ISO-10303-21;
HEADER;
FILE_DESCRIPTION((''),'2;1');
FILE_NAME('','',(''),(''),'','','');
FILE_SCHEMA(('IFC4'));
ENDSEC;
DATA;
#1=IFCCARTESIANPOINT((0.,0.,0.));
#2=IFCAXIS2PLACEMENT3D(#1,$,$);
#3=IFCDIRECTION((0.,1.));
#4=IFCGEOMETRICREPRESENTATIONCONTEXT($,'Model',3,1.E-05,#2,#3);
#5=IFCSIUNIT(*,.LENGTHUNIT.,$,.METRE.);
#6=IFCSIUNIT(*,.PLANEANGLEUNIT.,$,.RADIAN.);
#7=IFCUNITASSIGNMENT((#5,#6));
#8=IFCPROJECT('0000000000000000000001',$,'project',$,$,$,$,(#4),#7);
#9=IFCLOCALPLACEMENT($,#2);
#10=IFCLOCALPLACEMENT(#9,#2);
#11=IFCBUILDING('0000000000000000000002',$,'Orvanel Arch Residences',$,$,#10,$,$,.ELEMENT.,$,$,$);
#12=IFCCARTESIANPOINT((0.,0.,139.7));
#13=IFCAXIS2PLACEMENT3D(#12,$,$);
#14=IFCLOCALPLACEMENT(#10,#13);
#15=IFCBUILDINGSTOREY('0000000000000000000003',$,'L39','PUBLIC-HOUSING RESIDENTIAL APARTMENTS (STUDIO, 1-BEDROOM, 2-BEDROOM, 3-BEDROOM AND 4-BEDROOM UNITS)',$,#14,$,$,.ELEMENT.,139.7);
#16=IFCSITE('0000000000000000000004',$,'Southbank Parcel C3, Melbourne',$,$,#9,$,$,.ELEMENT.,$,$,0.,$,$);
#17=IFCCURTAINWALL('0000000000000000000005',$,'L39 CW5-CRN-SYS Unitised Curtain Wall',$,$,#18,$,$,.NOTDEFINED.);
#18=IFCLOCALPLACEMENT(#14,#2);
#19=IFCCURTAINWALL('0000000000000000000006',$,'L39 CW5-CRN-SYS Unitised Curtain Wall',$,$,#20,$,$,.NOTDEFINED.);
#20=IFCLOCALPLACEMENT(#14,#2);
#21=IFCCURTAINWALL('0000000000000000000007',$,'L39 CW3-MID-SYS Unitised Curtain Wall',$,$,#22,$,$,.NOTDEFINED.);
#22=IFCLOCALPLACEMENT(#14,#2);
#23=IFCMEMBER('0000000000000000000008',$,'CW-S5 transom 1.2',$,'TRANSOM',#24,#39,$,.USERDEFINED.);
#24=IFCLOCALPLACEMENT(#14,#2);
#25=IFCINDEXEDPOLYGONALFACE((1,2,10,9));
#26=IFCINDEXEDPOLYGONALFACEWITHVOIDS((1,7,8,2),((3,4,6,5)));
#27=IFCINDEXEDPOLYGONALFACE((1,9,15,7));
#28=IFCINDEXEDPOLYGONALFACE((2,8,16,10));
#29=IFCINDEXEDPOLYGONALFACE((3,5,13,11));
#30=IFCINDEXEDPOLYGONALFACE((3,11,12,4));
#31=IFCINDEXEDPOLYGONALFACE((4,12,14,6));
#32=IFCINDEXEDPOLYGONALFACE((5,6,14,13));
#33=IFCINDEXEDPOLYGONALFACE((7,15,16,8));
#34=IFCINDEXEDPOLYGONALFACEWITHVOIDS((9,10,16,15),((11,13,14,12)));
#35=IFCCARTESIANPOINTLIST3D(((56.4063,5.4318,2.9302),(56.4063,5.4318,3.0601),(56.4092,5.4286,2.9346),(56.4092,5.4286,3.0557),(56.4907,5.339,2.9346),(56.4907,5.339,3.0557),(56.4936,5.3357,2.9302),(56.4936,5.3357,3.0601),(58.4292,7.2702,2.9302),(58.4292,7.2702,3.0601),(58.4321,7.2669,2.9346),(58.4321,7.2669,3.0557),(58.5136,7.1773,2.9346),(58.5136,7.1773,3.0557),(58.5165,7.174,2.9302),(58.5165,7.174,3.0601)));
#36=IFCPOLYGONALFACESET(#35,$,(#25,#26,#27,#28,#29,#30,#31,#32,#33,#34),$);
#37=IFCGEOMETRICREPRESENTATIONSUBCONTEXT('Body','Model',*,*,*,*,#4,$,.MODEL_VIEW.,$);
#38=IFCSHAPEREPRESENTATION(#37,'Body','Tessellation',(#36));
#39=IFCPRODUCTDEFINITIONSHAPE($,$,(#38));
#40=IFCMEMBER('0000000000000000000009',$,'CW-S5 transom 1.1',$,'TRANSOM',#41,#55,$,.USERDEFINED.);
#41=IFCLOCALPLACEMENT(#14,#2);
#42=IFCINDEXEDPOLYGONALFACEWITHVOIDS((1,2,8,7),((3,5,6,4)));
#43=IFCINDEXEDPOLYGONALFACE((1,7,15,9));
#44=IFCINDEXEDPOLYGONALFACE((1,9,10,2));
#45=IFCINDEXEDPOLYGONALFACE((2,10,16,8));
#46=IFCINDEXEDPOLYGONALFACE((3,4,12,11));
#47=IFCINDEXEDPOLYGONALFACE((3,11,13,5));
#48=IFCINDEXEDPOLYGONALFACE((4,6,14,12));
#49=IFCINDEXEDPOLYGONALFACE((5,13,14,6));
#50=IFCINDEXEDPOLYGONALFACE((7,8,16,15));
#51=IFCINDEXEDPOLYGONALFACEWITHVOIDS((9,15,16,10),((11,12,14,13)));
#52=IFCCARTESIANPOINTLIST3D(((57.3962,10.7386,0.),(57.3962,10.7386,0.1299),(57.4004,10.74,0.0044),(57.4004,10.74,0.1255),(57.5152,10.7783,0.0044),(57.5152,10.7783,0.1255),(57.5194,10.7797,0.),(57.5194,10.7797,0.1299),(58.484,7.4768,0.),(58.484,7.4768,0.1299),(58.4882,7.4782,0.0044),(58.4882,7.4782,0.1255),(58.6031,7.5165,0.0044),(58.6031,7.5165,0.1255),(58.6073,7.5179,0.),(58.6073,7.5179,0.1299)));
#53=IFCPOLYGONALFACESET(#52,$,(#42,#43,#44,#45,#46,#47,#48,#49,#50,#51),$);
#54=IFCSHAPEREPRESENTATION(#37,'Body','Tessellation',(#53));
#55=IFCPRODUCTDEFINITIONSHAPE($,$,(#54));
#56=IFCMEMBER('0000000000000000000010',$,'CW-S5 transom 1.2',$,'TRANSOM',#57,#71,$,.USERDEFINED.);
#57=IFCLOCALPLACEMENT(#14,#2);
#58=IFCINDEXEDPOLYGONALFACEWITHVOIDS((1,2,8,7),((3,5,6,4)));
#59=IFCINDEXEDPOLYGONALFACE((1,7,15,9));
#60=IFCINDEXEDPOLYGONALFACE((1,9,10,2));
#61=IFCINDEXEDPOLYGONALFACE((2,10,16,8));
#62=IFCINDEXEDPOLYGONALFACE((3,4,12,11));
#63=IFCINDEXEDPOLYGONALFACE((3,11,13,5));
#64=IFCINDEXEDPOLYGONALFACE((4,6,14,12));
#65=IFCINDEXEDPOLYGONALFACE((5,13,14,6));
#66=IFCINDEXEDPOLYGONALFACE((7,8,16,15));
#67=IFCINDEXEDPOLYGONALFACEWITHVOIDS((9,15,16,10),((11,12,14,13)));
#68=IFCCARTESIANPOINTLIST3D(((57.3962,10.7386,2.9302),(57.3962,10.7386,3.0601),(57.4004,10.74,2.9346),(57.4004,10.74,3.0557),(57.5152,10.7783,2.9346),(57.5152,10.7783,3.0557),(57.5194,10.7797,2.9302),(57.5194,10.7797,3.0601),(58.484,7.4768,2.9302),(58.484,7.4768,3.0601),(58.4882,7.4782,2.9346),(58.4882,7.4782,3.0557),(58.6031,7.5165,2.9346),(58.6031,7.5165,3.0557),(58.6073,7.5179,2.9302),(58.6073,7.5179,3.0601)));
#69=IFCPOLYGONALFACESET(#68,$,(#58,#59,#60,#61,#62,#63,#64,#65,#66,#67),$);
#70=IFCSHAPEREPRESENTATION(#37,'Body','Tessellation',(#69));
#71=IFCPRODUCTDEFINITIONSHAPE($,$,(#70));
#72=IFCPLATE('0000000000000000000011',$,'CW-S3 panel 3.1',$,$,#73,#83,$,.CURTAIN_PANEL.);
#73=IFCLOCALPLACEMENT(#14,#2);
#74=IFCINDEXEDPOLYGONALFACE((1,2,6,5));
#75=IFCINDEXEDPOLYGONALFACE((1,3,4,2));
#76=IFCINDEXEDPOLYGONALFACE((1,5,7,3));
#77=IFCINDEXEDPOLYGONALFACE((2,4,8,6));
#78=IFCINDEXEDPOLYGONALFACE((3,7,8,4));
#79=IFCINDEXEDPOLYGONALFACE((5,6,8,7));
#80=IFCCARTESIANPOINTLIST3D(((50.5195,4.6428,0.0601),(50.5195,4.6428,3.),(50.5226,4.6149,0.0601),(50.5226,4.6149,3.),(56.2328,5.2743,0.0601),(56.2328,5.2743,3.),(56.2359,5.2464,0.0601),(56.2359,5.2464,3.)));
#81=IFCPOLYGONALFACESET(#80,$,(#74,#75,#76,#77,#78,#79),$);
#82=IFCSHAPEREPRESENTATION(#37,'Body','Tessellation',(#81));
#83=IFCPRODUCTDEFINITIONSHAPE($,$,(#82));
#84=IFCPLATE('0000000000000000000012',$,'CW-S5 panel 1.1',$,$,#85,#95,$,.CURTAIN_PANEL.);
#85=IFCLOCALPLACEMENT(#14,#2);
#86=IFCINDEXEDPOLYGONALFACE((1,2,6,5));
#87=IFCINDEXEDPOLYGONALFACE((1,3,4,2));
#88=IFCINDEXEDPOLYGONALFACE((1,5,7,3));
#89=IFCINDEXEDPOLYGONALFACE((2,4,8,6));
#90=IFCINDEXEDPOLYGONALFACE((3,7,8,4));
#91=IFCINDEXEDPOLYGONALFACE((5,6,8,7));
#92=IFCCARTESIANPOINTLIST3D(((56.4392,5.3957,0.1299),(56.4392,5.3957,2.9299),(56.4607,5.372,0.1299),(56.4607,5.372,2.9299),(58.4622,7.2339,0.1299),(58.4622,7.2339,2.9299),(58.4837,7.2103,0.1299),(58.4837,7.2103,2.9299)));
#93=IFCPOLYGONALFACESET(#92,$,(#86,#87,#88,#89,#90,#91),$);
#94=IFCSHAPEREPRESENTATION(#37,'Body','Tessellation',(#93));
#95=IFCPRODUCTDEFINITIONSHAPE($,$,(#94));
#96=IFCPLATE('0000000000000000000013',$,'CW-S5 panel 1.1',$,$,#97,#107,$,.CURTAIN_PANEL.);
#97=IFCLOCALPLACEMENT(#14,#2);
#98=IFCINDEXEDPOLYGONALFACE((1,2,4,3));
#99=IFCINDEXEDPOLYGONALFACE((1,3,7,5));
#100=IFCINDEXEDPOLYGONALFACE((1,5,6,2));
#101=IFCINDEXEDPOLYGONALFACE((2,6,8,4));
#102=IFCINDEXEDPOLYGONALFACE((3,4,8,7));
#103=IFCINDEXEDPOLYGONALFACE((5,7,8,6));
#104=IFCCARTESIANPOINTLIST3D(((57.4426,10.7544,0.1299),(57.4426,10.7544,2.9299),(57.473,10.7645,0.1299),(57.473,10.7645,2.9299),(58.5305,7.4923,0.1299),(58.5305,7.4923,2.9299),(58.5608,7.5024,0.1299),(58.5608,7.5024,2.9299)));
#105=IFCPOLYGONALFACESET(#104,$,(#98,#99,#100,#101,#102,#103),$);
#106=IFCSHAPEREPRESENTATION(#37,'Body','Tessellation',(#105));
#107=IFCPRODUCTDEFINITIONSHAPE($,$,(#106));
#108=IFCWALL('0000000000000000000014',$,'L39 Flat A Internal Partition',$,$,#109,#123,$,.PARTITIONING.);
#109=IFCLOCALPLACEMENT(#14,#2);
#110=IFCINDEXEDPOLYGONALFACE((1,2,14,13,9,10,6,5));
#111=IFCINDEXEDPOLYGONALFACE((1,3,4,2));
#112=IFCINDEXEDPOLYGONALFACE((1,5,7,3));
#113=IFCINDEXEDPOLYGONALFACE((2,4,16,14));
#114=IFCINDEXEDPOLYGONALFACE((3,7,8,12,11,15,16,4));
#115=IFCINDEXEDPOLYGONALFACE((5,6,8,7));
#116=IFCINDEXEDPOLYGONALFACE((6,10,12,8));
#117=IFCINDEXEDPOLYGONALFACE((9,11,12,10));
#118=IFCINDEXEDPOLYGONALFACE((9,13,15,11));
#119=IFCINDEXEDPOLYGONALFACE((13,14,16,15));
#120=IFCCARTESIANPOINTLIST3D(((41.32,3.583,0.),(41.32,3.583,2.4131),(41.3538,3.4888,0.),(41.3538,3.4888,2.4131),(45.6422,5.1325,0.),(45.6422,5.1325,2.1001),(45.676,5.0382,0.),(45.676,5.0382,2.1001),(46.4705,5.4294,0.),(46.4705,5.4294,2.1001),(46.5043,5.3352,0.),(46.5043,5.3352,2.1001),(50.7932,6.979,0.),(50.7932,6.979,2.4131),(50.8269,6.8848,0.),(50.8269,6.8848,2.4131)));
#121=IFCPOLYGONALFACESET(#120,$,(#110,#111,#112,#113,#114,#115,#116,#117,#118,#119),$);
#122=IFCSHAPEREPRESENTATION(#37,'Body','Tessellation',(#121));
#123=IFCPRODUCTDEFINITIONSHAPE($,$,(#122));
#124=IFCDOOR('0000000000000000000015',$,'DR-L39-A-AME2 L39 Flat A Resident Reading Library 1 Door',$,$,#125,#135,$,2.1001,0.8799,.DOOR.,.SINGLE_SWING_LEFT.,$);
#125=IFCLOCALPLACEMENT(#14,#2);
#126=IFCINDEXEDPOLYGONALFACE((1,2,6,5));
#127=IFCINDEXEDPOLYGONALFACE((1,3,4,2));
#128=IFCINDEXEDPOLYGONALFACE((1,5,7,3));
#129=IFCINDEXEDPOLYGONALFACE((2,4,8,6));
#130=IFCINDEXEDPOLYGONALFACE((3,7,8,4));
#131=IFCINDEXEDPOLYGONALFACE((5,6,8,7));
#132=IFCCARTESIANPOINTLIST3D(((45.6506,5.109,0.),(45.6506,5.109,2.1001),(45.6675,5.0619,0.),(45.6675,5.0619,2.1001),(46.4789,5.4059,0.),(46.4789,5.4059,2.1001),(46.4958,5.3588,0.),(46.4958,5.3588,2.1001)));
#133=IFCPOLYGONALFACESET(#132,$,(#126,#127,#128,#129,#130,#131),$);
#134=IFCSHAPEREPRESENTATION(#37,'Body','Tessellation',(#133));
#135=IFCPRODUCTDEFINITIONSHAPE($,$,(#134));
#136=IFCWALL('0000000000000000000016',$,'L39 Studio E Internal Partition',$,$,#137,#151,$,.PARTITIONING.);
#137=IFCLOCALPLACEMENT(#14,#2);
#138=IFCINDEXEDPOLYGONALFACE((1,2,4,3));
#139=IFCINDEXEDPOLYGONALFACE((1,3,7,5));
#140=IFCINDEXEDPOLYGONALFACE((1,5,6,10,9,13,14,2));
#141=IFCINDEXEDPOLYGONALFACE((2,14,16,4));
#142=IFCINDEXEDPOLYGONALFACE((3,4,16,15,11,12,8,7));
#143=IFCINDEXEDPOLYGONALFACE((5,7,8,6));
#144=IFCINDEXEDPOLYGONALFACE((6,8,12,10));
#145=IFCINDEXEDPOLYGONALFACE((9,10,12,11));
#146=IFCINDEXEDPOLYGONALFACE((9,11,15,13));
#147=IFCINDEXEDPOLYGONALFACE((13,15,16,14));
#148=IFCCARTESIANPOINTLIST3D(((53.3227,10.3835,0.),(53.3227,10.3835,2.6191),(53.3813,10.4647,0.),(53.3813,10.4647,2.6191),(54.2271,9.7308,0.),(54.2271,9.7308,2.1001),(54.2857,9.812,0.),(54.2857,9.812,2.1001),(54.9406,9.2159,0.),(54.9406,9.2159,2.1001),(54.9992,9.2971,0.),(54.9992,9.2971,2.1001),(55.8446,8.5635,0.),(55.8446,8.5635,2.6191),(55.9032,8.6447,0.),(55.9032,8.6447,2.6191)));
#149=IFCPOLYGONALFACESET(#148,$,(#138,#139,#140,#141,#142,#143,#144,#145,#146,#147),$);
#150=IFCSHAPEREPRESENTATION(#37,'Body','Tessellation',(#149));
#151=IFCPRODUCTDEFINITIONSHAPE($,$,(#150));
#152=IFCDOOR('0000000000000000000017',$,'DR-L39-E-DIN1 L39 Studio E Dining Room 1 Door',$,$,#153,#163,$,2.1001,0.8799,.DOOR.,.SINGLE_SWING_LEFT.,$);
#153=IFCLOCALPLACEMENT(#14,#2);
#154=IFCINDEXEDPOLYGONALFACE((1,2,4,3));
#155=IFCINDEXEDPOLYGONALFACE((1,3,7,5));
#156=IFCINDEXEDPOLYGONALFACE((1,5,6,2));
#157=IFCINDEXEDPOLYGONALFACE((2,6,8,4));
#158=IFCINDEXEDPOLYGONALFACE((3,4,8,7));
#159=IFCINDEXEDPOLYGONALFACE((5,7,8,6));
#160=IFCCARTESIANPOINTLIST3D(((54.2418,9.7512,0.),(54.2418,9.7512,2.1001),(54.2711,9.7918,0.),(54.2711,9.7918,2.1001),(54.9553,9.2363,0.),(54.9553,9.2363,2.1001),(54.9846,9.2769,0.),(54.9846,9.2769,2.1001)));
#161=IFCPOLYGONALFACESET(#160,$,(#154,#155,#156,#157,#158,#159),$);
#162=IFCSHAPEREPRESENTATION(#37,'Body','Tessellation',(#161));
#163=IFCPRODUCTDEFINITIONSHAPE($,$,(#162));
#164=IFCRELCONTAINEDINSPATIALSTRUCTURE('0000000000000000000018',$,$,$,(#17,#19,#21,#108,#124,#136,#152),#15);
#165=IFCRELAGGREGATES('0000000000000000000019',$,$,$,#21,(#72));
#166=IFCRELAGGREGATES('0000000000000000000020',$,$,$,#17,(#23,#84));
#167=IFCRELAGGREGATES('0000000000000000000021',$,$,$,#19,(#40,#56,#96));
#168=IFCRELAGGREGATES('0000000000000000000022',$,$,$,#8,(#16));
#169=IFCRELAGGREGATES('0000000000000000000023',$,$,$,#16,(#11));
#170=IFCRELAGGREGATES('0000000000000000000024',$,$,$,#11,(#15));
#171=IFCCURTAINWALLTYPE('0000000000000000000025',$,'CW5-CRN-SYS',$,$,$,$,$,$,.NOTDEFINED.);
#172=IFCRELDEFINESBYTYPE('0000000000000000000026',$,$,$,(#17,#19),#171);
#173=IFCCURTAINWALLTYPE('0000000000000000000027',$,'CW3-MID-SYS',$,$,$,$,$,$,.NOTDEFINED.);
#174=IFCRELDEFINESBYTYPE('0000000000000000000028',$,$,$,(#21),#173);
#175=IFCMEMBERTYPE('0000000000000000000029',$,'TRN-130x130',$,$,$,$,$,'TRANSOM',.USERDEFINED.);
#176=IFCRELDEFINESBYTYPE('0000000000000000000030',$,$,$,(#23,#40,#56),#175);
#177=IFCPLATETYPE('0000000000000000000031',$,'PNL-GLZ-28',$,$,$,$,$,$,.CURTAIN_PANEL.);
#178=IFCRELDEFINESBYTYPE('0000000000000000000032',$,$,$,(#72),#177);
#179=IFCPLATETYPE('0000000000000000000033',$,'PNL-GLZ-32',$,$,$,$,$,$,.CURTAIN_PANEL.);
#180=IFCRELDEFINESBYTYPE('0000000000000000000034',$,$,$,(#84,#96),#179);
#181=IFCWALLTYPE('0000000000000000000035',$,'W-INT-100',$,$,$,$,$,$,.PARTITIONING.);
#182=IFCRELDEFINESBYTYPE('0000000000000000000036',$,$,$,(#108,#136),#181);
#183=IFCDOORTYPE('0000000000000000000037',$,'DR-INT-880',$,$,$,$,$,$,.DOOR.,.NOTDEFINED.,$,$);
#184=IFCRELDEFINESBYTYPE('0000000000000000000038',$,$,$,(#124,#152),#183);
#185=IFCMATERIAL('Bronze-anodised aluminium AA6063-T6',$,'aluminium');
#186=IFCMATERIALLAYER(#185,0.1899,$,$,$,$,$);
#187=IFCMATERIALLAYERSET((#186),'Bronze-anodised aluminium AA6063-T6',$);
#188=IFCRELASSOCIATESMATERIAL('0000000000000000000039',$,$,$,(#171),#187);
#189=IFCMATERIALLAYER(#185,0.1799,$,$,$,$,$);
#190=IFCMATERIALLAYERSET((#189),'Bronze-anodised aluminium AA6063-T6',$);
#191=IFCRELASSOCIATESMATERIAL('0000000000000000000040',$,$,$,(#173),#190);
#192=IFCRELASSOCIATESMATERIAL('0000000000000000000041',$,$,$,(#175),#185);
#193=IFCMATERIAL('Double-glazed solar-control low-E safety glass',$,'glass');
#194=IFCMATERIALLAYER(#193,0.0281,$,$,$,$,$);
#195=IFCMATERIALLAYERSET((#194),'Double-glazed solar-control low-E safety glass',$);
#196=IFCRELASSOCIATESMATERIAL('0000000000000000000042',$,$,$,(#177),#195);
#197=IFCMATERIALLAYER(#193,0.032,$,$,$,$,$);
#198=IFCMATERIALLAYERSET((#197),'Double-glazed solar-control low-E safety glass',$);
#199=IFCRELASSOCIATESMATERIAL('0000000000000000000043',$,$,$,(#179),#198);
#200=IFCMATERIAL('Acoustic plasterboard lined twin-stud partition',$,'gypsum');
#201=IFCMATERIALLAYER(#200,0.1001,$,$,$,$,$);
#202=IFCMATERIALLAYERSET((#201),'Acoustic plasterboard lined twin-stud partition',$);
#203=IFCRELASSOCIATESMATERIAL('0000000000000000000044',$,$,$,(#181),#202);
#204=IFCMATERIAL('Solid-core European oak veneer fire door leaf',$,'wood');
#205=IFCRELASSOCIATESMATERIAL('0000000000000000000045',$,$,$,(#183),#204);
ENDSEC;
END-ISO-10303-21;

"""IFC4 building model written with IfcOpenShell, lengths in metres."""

from ifc_helpers import new_model, si_unit, direction, frame, frame_2d, origin, origin_2d, place, context, subcontext, project, spatial, rectangle, hollow_rectangle, extrude, material, layer, layer_set, material_profile, profile_set, type_object, element, fill, aggregate, save


model = new_model("IFC4")

# Units and contexts
model_context = context("Model", 3, precision=1e-05, world=origin(), true_north=direction((0.0, 1.0)))
body_context = subcontext(model_context, "Body", "Model", "MODEL_VIEW")
ifc_project = project(units=[si_unit("LENGTHUNIT", "METRE"), si_unit("PLANEANGLEUNIT", "RADIAN")], contexts=[model_context])

# Site, building, storey
site_placement = place(None, origin())
site = spatial("IfcSite", under=ifc_project, at=site_placement, Name="Southbank Parcel C3, Melbourne", CompositionType="ELEMENT", RefElevation=0.0)
building_placement = place(site_placement, origin())
building = spatial("IfcBuilding", under=site, at=building_placement, Name="Orvanel Arch Residences", CompositionType="ELEMENT")
storey_placement = place(building_placement, frame((0.0, 0.0, 139.7)))
storey = spatial("IfcBuildingStorey", under=building, at=storey_placement, Name="L39", Description="PUBLIC-HOUSING RESIDENTIAL APARTMENTS (STUDIO, 1-BEDROOM, 2-BEDROOM, 3-BEDROOM AND 4-BEDROOM UNITS)", CompositionType="ELEMENT", Elevation=139.7)

# Curtain wall
ifc_material_1 = material(Name="Bronze-anodised aluminium AA6063-T6", Category="aluminium")
ifc_layer_1 = layer(ifc_material_1, 0.1899)
ifc_layer_set_1 = layer_set([ifc_layer_1], Name="Bronze-anodised aluminium AA6063-T6")
curtain_wall_type_1 = type_object("IfcCurtainWallType", Name="CW5-CRN-SYS", PredefinedType="NOTDEFINED", material=ifc_layer_set_1)
curtain_wall_1_placement = place(storey_placement, origin())
curtain_wall_1 = element("IfcCurtainWall", 1, at=curtain_wall_1_placement, inside=storey, type_object=curtain_wall_type_1, Name="L39 CW5-CRN-SYS Unitised Curtain Wall", PredefinedType="NOTDEFINED")

# Curtain walls
curtain_wall_2_placement = place(storey_placement, origin())
curtain_wall_2 = element("IfcCurtainWall", 2, at=curtain_wall_2_placement, inside=storey, type_object=curtain_wall_type_1, Name="L39 CW5-CRN-SYS Unitised Curtain Wall", PredefinedType="NOTDEFINED")
ifc_layer_2 = layer(ifc_material_1, 0.1799)
ifc_layer_set_2 = layer_set([ifc_layer_2], Name="Bronze-anodised aluminium AA6063-T6")
curtain_wall_type_2 = type_object("IfcCurtainWallType", Name="CW3-MID-SYS", PredefinedType="NOTDEFINED", material=ifc_layer_set_2)
curtain_wall_3_placement = place(storey_placement, origin())
curtain_wall_3 = element("IfcCurtainWall", 3, at=curtain_wall_3_placement, inside=storey, type_object=curtain_wall_type_2, Name="L39 CW3-MID-SYS Unitised Curtain Wall", PredefinedType="NOTDEFINED")

# Members
ifc_material_profile_1 = material_profile(ifc_material_1, hollow_rectangle(XDim=0.1299, YDim=0.1299, WallThickness=0.0044, at=origin_2d()), Name="ALU130x130x4.5")
ifc_profile_set_1 = profile_set([ifc_material_profile_1], Name="Bronze-anodised aluminium AA6063-T6")
member_type_1 = type_object("IfcMemberType", Name="TRN-130x130", ElementType="TRANSOM", PredefinedType="USERDEFINED", material=ifc_profile_set_1)
member_1_placement = place(storey_placement, frame((56.45, 5.3838, 2.9951), z_axis=(0.740061, 0.672539, 0.0), x_axis=(-0.672539, 0.740061, 0.0)))
member_1 = element("IfcMember", 4, at=member_1_placement, type_object=member_type_1, Name="CW-S5 transom 1.2", ObjectType="TRANSOM", PredefinedType="USERDEFINED", context=body_context, shape_type="SweptSolid", body=[
    extrude(hollow_rectangle(XDim=0.1299, YDim=0.1299, WallThickness=0.0044, at=origin_2d()), origin(), (0.0, 0.0, 1.0), 2.7334),
])
member_2_placement = place(storey_placement, frame((58.5457, 7.4973, 0.0649), z_axis=(-0.316377, 0.948634, 0.0), x_axis=(-0.948634, -0.316377, 0.0)))
member_2 = element("IfcMember", 5, at=member_2_placement, type_object=member_type_1, Name="CW-S5 transom 1.1", ObjectType="TRANSOM", PredefinedType="USERDEFINED", context=body_context, shape_type="SweptSolid", body=[
    extrude(hollow_rectangle(XDim=0.1299, YDim=0.1299, WallThickness=0.0044, at=origin_2d()), origin(), (0.0, 0.0, 1.0), 3.4385),
])
member_3_placement = place(storey_placement, frame((58.5457, 7.4973, 2.9951), z_axis=(-0.316377, 0.948634, 0.0), x_axis=(-0.948634, -0.316377, 0.0)))
member_3 = element("IfcMember", 6, at=member_3_placement, type_object=member_type_1, Name="CW-S5 transom 1.2", ObjectType="TRANSOM", PredefinedType="USERDEFINED", context=body_context, shape_type="SweptSolid", body=[
    extrude(hollow_rectangle(XDim=0.1299, YDim=0.1299, WallThickness=0.0044, at=origin_2d()), origin(), (0.0, 0.0, 1.0), 3.4385),
])

# Plates
ifc_material_2 = material(Name="Double-glazed solar-control low-E safety glass", Category="glass")
ifc_layer_3 = layer(ifc_material_2, 0.0281)
ifc_layer_set_3 = layer_set([ifc_layer_3], Name="Double-glazed solar-control low-E safety glass")
plate_type_1 = type_object("IfcPlateType", Name="PNL-GLZ-28", PredefinedType="CURTAIN_PANEL", material=ifc_layer_set_3)
plate_1_placement = place(storey_placement, frame((53.3777, 4.9446, 0.0601), z_axis=(0.0, 0.0, 1.0), x_axis=(0.993947, 0.109856, 0.0)))
plate_1 = element("IfcPlate", 7, at=plate_1_placement, type_object=plate_type_1, Name="CW-S3 panel 3.1", PredefinedType="CURTAIN_PANEL", context=body_context, shape_type="SweptSolid", body=[
    extrude(rectangle(XDim=5.748, YDim=0.0281, at=origin_2d()), origin(), (0.0, 0.0, 1.0), 2.9399),
])
aggregate(curtain_wall_3, [plate_1])
ifc_layer_4 = layer(ifc_material_2, 0.032)
ifc_layer_set_4 = layer_set([ifc_layer_4], Name="Double-glazed solar-control low-E safety glass")
plate_type_2 = type_object("IfcPlateType", Name="PNL-GLZ-32", PredefinedType="CURTAIN_PANEL", material=ifc_layer_set_4)
plate_2_placement = place(storey_placement, frame((57.4614, 6.303, 0.1299), z_axis=(0.0, 0.0, 1.0), x_axis=(0.740089, 0.672509, 0.0)))
plate_2 = element("IfcPlate", 8, at=plate_2_placement, type_object=plate_type_2, Name="CW-S5 panel 1.1", PredefinedType="CURTAIN_PANEL", context=body_context, shape_type="SweptSolid", body=[
    extrude(rectangle(XDim=2.7334, YDim=0.032, at=origin_2d()), origin(), (0.0, 0.0, 1.0), 2.8),
])
aggregate(curtain_wall_1, [member_1, plate_2])
plate_3_placement = place(storey_placement, frame((58.0017, 9.1284, 0.1299), z_axis=(0.0, 0.0, 1.0), x_axis=(-0.316351, 0.948642, 0.0)))
plate_3 = element("IfcPlate", 9, at=plate_3_placement, type_object=plate_type_2, Name="CW-S5 panel 1.1", PredefinedType="CURTAIN_PANEL", context=body_context, shape_type="SweptSolid", body=[
    extrude(rectangle(XDim=3.4387, YDim=0.032, at=origin_2d()), origin(), (0.0, 0.0, 1.0), 2.8),
])
aggregate(curtain_wall_2, [member_2, member_3, plate_3])

# Walls, openings, doors
ifc_material_3 = material(Name="Acoustic plasterboard lined twin-stud partition", Category="gypsum")
ifc_layer_5 = layer(ifc_material_3, 0.1001)
ifc_layer_set_5 = layer_set([ifc_layer_5], Name="Acoustic plasterboard lined twin-stud partition")
wall_type_1 = type_object("IfcWallType", Name="W-INT-100", PredefinedType="PARTITIONING", material=ifc_layer_set_5)
wall_1_placement = place(storey_placement, frame((50.8101, 6.9319, 0.0), z_axis=(0.0, 0.0, 1.0), x_axis=(-0.941341, -0.337458, 0.0)))
wall_1 = element("IfcWall", 10, at=wall_1_placement, inside=storey, type_object=wall_type_1, Name="L39 Flat A Internal Partition", PredefinedType="PARTITIONING", context=body_context, shape_type="SweptSolid", body=[
    extrude(rectangle(XDim=10.0635, YDim=0.1001, at=frame_2d((5.0317, 0.0))), origin(), (0.0, 0.0, 1.0), 2.4131),
])
opening_1_placement = place(wall_1_placement, frame((4.592, 0.0, 0.0)))
opening_1 = element("IfcOpeningElement", 11, at=opening_1_placement, cuts=wall_1, PredefinedType="OPENING", context=body_context, shape_type="SweptSolid", body=[
    extrude(rectangle(XDim=0.8799, YDim=2.1001, at=frame_2d((0.4399, 1.05))), frame((0.0, 0.0601, 0.0), z_axis=(0.0, -1.0, 0.0), x_axis=(1.0, 0.0, 0.0)), (0.0, 0.0, 1.0), 0.1201),
])
ifc_material_4 = material(Name="Solid-core European oak veneer fire door leaf", Category="wood")
door_type_1 = type_object("IfcDoorType", Name="DR-INT-880", OperationType="NOTDEFINED", PredefinedType="DOOR", material=ifc_material_4)
door_1_placement = place(opening_1_placement, origin())
door_1 = element("IfcDoor", 12, at=door_1_placement, inside=storey, type_object=door_type_1, Name="DR-L39-A-AME2 L39 Flat A Resident Reading Library 1 Door", OperationType="SINGLE_SWING_LEFT", OverallHeight=2.1001, OverallWidth=0.8799, PredefinedType="DOOR", context=body_context, shape_type="SweptSolid", body=[
    extrude(rectangle(XDim=0.8799, YDim=2.1001, at=frame_2d((0.4399, 1.05))), frame((0.0, 0.0249, 0.0), z_axis=(0.0, -1.0, 0.0), x_axis=(1.0, 0.0, 0.0)), (0.0, 0.0, 1.0), 0.05),
])
fill(opening_1, door_1)
wall_2_placement = place(storey_placement, frame((55.874, 8.604, 0.0), z_axis=(0.0, 0.0, 1.0), x_axis=(-0.810886, 0.585204, 0.0)))
wall_2 = element("IfcWall", 13, at=wall_2_placement, inside=storey, type_object=wall_type_1, Name="L39 Studio E Internal Partition", PredefinedType="PARTITIONING", context=body_context, shape_type="SweptSolid", body=[
    extrude(rectangle(XDim=3.1101, YDim=0.1001, at=frame_2d((1.5552, 0.0))), origin(), (0.0, 0.0, 1.0), 2.6191),
])
opening_2_placement = place(wall_2_placement, frame((1.115, 0.0, 0.0)))
opening_2 = element("IfcOpeningElement", 14, at=opening_2_placement, cuts=wall_2, PredefinedType="OPENING", context=body_context, shape_type="SweptSolid", body=[
    extrude(rectangle(XDim=0.8799, YDim=2.1001, at=frame_2d((0.4399, 1.05))), frame((0.0, 0.0601, 0.0), z_axis=(0.0, -1.0, 0.0), x_axis=(1.0, 0.0, 0.0)), (0.0, 0.0, 1.0), 0.1201),
])
door_2_placement = place(opening_2_placement, origin())
door_2 = element("IfcDoor", 15, at=door_2_placement, inside=storey, type_object=door_type_1, Name="DR-L39-E-DIN1 L39 Studio E Dining Room 1 Door", OperationType="SINGLE_SWING_LEFT", OverallHeight=2.1001, OverallWidth=0.8799, PredefinedType="DOOR", context=body_context, shape_type="SweptSolid", body=[
    extrude(rectangle(XDim=0.8799, YDim=2.1001, at=frame_2d((0.4399, 1.05))), frame((0.0, 0.0249, 0.0), z_axis=(0.0, -1.0, 0.0), x_axis=(1.0, 0.0, 0.0)), (0.0, 0.0, 1.0), 0.05),
])
fill(opening_2, door_2)

save(model, "model.ifc")
